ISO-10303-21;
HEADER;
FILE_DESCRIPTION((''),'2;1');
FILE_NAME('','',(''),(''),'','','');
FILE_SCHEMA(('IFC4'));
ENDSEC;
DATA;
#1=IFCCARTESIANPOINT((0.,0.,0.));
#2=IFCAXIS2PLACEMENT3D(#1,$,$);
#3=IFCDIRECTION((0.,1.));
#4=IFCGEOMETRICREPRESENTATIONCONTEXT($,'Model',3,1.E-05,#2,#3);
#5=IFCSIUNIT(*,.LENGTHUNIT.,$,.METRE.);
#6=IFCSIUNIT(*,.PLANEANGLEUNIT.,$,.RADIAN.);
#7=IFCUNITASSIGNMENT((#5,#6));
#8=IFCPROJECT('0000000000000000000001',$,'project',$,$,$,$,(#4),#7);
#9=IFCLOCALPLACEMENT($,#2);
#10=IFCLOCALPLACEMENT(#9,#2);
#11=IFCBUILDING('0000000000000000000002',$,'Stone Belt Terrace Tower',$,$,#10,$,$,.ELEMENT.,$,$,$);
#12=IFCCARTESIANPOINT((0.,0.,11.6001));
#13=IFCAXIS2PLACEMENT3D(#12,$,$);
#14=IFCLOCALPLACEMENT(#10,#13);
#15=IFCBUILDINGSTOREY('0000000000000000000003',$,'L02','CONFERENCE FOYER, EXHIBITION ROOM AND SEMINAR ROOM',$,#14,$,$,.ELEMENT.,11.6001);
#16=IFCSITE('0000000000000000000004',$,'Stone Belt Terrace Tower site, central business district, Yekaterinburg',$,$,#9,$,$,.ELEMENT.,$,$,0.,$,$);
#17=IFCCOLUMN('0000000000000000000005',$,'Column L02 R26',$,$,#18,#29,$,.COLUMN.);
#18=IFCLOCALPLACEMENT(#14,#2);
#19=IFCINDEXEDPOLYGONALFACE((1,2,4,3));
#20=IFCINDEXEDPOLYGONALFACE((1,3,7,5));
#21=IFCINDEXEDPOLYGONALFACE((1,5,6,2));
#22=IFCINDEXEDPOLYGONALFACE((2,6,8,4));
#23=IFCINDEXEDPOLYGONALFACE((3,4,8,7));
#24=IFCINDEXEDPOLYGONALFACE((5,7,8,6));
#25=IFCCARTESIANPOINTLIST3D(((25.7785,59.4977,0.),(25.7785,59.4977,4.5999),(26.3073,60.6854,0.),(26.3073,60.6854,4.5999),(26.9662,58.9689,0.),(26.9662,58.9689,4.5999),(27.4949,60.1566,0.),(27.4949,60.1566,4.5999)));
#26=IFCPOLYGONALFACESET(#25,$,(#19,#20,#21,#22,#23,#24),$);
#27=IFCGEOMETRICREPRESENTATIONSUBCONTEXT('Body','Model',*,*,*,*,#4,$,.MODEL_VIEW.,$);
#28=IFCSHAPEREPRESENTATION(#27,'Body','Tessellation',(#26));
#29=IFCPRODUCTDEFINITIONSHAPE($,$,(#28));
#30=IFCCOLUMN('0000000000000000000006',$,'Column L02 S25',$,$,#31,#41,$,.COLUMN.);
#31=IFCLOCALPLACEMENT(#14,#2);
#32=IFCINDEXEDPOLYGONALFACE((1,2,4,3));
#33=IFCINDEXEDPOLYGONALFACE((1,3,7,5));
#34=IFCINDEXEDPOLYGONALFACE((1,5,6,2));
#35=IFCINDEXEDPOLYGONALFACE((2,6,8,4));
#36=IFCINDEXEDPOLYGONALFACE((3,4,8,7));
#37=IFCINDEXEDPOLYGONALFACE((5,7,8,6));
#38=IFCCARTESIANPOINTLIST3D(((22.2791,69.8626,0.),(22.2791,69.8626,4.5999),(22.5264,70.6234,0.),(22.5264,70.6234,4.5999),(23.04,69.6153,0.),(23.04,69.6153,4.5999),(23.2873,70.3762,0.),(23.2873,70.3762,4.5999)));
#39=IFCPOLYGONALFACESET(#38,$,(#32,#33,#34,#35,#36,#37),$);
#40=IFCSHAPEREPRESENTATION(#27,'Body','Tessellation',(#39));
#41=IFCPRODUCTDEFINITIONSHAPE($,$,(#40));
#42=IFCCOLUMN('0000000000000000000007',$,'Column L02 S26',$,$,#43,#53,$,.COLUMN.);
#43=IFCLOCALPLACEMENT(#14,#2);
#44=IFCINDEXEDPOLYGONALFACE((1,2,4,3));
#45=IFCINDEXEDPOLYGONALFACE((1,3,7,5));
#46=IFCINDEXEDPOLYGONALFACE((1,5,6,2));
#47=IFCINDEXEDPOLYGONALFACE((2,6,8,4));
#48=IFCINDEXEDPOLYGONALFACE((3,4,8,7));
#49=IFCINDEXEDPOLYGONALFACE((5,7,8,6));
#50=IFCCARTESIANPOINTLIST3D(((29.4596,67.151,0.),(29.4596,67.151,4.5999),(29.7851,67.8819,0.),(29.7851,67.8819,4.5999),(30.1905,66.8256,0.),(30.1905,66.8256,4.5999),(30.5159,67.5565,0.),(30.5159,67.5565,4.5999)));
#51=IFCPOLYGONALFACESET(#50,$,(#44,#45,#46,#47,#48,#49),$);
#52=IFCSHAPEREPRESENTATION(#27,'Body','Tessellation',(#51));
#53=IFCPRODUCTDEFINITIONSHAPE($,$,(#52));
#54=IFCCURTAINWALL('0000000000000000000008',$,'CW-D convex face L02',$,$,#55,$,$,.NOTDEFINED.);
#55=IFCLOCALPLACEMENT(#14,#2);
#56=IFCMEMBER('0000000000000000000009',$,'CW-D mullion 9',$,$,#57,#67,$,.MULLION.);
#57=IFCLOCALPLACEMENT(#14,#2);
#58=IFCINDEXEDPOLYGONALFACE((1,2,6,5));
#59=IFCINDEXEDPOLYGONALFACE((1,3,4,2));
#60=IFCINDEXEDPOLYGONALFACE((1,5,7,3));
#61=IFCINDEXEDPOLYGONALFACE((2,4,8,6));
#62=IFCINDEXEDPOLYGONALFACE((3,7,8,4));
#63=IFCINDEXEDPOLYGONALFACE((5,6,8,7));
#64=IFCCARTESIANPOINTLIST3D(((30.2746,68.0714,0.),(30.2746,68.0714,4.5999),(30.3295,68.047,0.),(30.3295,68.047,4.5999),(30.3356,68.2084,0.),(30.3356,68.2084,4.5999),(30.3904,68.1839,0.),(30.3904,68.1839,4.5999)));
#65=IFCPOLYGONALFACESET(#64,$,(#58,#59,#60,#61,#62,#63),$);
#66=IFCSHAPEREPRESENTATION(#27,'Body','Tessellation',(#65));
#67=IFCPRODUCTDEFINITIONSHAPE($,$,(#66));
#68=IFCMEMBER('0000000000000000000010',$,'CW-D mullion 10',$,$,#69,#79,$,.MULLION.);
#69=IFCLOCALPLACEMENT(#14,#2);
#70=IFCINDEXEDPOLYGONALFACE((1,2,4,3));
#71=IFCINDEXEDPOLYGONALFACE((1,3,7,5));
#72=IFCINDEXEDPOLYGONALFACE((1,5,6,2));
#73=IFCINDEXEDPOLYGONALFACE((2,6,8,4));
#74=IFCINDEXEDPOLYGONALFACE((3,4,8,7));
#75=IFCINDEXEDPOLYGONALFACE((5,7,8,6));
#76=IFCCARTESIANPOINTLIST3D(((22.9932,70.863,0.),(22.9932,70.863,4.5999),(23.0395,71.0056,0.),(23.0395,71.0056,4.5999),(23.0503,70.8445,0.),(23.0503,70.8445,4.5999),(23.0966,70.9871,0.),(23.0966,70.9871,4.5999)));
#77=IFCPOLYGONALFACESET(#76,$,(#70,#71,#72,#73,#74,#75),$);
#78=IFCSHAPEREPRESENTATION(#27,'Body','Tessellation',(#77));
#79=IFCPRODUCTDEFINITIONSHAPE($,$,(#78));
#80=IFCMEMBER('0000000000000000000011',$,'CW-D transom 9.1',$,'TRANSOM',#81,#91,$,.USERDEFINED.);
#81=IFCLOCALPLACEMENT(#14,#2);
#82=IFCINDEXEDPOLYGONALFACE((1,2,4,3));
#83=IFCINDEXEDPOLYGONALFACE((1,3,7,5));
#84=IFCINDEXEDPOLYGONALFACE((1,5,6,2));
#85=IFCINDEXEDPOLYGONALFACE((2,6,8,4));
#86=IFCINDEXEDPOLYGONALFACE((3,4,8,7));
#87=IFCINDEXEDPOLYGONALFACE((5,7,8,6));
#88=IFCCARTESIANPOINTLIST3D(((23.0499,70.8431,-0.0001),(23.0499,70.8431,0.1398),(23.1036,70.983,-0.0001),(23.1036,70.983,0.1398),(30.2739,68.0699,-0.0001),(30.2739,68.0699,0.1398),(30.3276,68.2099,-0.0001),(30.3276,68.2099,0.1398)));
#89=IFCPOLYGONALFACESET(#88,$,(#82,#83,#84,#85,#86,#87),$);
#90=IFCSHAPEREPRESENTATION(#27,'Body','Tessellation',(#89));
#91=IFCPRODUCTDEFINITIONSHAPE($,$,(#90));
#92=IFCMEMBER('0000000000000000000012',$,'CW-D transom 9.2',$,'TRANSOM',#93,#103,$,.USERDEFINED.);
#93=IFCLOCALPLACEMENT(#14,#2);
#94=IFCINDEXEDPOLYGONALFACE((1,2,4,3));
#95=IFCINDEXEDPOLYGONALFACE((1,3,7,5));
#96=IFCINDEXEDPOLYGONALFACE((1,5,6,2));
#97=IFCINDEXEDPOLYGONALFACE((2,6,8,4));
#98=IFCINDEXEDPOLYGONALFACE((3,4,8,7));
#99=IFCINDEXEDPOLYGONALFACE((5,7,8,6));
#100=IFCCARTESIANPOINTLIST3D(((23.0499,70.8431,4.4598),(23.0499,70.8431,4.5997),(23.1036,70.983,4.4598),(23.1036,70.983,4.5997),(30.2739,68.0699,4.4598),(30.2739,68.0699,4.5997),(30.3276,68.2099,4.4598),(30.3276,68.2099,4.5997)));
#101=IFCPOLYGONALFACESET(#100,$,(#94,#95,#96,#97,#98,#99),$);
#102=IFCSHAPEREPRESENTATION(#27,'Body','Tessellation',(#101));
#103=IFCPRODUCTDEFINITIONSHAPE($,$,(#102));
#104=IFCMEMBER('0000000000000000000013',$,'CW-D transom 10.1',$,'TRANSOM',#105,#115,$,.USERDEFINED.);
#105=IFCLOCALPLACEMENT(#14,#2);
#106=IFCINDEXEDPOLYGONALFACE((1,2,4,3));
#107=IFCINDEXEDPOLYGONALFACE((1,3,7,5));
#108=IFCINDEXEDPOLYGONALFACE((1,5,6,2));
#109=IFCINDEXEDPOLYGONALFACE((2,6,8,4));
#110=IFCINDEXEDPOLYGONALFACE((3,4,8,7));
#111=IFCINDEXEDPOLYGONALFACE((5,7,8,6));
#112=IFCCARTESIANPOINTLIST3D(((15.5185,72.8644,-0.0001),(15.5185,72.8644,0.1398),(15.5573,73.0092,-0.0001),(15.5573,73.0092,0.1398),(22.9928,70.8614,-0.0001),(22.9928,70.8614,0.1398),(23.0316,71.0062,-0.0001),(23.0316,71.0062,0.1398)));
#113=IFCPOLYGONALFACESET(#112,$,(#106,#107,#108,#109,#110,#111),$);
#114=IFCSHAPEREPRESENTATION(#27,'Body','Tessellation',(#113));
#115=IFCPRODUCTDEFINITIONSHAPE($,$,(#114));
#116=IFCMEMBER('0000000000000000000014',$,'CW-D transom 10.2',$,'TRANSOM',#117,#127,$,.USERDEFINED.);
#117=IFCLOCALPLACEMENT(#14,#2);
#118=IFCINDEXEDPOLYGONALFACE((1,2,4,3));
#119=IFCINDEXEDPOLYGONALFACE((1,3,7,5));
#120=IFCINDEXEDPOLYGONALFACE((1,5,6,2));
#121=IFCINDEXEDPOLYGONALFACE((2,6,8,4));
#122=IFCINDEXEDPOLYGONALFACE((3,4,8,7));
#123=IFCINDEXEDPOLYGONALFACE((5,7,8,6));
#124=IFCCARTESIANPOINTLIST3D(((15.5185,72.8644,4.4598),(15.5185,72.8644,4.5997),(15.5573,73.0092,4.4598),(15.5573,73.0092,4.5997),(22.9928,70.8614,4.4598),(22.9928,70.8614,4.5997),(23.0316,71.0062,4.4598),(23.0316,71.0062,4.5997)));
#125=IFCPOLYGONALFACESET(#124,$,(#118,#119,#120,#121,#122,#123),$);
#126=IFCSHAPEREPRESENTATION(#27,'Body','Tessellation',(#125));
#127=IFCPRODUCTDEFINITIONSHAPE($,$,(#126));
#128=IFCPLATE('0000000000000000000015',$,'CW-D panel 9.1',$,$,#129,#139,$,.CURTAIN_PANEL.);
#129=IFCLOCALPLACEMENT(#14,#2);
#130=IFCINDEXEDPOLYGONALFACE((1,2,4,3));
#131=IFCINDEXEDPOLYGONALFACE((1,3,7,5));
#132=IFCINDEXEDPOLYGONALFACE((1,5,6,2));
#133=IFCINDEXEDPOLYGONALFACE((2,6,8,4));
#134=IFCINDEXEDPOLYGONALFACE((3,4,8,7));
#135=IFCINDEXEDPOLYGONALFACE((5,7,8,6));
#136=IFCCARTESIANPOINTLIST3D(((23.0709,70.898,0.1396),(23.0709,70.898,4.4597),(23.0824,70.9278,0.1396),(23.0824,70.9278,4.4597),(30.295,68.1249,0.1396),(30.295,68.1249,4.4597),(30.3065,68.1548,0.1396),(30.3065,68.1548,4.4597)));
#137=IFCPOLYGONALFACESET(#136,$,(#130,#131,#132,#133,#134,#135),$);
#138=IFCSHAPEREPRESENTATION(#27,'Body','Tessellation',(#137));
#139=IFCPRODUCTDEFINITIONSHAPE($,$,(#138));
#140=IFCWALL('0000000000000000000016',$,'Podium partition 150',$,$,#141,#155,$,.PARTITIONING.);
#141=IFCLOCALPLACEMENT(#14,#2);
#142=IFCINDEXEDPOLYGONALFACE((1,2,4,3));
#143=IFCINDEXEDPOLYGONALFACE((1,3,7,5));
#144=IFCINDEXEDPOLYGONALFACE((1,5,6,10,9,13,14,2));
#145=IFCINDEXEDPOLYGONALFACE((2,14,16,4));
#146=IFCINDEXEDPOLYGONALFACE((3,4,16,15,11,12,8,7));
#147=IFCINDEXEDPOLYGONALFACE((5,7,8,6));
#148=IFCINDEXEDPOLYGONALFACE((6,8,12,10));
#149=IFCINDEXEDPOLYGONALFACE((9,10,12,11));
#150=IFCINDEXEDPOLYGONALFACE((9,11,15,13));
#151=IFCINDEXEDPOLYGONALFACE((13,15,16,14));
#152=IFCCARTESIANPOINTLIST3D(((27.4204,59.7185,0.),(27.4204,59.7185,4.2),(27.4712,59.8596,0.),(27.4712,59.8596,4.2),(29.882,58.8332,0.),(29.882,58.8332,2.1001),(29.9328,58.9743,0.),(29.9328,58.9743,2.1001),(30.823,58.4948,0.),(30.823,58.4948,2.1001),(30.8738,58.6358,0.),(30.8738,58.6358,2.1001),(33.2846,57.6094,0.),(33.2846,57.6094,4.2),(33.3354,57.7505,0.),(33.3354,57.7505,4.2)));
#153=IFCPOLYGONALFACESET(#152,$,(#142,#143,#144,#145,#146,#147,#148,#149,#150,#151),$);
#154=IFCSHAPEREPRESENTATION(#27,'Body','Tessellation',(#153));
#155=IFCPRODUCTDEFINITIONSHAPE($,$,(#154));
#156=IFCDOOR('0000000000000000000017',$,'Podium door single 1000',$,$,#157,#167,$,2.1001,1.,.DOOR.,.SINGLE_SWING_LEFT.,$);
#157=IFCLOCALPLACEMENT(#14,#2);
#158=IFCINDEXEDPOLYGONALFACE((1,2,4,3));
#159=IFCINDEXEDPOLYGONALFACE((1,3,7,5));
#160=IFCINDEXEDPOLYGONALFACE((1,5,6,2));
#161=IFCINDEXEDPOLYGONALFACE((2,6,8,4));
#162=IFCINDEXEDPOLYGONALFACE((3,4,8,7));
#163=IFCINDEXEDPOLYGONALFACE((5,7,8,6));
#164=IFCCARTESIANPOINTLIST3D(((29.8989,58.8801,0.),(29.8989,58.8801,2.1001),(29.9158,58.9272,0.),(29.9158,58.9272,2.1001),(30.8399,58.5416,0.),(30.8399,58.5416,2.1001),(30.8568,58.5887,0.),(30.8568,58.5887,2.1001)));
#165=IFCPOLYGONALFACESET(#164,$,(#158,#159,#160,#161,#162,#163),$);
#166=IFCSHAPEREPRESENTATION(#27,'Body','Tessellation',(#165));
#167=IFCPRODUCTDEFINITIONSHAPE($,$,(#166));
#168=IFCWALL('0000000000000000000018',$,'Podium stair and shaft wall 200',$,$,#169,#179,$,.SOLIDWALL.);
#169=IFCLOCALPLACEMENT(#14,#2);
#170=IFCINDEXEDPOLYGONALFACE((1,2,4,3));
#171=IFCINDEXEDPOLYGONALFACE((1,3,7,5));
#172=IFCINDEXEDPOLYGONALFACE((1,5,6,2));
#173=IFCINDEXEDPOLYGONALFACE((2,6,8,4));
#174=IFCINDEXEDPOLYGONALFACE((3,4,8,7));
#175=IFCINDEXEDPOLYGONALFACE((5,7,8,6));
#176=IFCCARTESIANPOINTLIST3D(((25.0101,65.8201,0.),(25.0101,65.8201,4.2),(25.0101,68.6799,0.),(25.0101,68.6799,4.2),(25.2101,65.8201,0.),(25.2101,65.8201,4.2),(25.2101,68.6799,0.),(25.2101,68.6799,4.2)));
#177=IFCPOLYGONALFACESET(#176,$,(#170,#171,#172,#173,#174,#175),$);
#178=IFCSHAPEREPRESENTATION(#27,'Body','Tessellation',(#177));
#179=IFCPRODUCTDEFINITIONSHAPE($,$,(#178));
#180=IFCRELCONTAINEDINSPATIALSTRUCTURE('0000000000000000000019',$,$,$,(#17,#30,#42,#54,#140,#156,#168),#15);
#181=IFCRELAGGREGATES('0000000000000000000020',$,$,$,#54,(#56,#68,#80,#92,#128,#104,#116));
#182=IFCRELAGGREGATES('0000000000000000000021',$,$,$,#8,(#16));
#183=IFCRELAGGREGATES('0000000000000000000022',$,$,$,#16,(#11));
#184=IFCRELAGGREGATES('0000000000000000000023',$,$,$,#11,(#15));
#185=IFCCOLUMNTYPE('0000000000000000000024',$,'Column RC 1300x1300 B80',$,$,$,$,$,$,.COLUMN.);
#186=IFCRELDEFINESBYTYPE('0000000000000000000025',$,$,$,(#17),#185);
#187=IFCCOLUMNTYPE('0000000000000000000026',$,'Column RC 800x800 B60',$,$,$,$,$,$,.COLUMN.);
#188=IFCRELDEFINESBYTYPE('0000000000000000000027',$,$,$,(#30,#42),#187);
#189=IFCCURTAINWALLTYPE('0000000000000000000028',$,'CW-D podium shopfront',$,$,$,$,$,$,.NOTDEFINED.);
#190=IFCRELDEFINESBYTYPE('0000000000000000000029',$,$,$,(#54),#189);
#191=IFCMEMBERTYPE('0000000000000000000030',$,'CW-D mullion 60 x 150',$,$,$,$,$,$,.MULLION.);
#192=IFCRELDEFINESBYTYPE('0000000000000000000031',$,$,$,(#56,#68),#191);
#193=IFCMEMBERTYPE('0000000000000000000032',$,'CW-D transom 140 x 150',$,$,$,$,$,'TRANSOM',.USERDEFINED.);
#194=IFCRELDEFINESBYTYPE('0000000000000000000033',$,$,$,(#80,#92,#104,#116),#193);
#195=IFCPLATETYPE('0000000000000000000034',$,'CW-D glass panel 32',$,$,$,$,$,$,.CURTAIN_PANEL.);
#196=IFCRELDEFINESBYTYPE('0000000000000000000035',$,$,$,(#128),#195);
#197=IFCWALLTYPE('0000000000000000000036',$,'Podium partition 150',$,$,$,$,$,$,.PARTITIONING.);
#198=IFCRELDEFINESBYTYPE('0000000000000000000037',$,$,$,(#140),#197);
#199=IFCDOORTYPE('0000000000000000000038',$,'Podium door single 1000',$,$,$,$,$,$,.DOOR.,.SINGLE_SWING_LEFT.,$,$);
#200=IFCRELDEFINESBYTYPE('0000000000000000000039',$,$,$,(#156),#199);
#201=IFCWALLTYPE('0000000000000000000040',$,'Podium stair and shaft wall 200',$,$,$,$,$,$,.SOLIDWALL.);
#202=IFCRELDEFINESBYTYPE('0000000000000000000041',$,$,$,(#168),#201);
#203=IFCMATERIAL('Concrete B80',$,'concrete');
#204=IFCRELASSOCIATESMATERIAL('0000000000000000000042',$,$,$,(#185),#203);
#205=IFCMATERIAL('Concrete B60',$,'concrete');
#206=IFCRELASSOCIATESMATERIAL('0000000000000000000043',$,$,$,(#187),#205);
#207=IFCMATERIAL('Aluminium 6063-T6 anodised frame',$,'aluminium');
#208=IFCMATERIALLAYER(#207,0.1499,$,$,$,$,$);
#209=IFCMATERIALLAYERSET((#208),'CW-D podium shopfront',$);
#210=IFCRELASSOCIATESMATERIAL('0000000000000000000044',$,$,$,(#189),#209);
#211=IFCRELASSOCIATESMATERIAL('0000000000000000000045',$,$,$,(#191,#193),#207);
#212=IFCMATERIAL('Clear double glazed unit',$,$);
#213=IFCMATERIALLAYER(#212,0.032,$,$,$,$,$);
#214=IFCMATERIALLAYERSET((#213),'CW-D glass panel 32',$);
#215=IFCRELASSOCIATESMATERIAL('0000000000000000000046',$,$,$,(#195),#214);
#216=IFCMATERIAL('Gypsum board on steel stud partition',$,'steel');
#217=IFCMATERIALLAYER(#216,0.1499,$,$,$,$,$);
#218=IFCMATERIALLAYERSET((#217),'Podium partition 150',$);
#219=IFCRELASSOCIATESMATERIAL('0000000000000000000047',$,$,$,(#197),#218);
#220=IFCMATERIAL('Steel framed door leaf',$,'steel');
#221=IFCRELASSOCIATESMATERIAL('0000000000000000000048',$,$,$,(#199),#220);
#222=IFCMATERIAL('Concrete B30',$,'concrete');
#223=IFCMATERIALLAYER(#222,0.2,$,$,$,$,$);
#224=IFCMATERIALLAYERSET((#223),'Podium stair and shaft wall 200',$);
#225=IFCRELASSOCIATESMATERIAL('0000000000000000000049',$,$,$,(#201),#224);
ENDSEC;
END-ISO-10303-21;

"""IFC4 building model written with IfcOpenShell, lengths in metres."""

from ifc_helpers import new_model, si_unit, direction, frame, frame_2d, origin, origin_2d, place, context, subcontext, project, spatial, rectangle, extrude, material, layer, layer_set, material_profile, profile_set, type_object, element, fill, aggregate, save


model = new_model("IFC4")

# Units and contexts
model_context = context("Model", 3, precision=1e-05, world=origin(), true_north=direction((0.0, 1.0)))
body_context = subcontext(model_context, "Body", "Model", "MODEL_VIEW")
ifc_project = project(units=[si_unit("LENGTHUNIT", "METRE"), si_unit("PLANEANGLEUNIT", "RADIAN")], contexts=[model_context])

# Site, building, storey
site_placement = place(None, origin())
site = spatial("IfcSite", under=ifc_project, at=site_placement, Name="Stone Belt Terrace Tower site, central business district, Yekaterinburg", CompositionType="ELEMENT", RefElevation=0.0)
building_placement = place(site_placement, origin())
building = spatial("IfcBuilding", under=site, at=building_placement, Name="Stone Belt Terrace Tower", CompositionType="ELEMENT")
storey_placement = place(building_placement, frame((0.0, 0.0, 11.6001)))
storey = spatial("IfcBuildingStorey", under=building, at=storey_placement, Name="L02", Description="CONFERENCE FOYER, EXHIBITION ROOM AND SEMINAR ROOM", CompositionType="ELEMENT", Elevation=11.6001)

# Columns
ifc_material_1 = material(Name="Concrete B80", Category="concrete")
ifc_material_profile_1 = material_profile(ifc_material_1, rectangle(XDim=1.3, YDim=1.3, at=origin_2d()), Name="RC 1300x1300")
ifc_profile_set_1 = profile_set([ifc_material_profile_1], Name="Concrete B80")
column_type_1 = type_object("IfcColumnType", Name="Column RC 1300x1300 B80", PredefinedType="COLUMN", material=ifc_profile_set_1)
column_placement = place(storey_placement, frame((26.6367, 59.8271, 0.0), z_axis=(0.0, 0.0, 1.0), x_axis=(0.913545, -0.406737, 0.0)))
element("IfcColumn", 1, at=column_placement, inside=storey, type_object=column_type_1, Name="Column L02 R26", PredefinedType="COLUMN", context=body_context, shape_type="SweptSolid", body=[
    extrude(rectangle(XDim=1.3, YDim=1.3, at=origin_2d()), origin(), (0.0, 0.0, 1.0), 4.5999),
])
ifc_material_2 = material(Name="Concrete B60", Category="concrete")
ifc_material_profile_2 = material_profile(ifc_material_2, rectangle(XDim=0.8, YDim=0.8, at=origin_2d()), Name="RC 800x800")
ifc_profile_set_2 = profile_set([ifc_material_profile_2], Name="Concrete B60")
column_type_2 = type_object("IfcColumnType", Name="Column RC 800x800 B60", PredefinedType="COLUMN", material=ifc_profile_set_2)
for number, where, z_axis, x_axis, name in (
    (2, (22.7832, 70.1194, 0.0), (0.0, 0.0, 1.0), (0.951057, -0.309017, 0.0), "Column L02 S25"),
    (3, (29.9878, 67.3538, 0.0), (0.0, 0.0, 1.0), (0.913545, -0.406737, 0.0), "Column L02 S26"),
):
    element("IfcColumn", number, at=place(storey_placement, frame(where, z_axis=z_axis, x_axis=x_axis)), inside=storey, type_object=column_type_2, Name=name, PredefinedType="COLUMN", context=body_context, shape_type="SweptSolid", body=[
        extrude(rectangle(XDim=0.8, YDim=0.8, at=origin_2d()), origin(), (0.0, 0.0, 1.0), 4.5999),
    ])

# Curtain wall, members, plate
ifc_material_3 = material(Name="Aluminium 6063-T6 anodised frame", Category="aluminium")
ifc_layer_1 = layer(ifc_material_3, 0.1499)
ifc_layer_set_1 = layer_set([ifc_layer_1], Name="CW-D podium shopfront")
curtain_wall_type = type_object("IfcCurtainWallType", Name="CW-D podium shopfront", PredefinedType="NOTDEFINED", material=ifc_layer_set_1)
curtain_wall_placement = place(storey_placement, origin())
curtain_wall = element("IfcCurtainWall", 4, at=curtain_wall_placement, inside=storey, type_object=curtain_wall_type, Name="CW-D convex face L02", PredefinedType="NOTDEFINED")
ifc_material_profile_3 = material_profile(ifc_material_3, rectangle(XDim=0.1499, YDim=0.0601, at=origin_2d()), Name="Aluminium 6063-T6 60x150")
ifc_profile_set_3 = profile_set([ifc_material_profile_3], Name="Aluminium 6063-T6 anodised frame")
member_type_1 = type_object("IfcMemberType", Name="CW-D mullion 60 x 150", PredefinedType="MULLION", material=ifc_profile_set_3)
member_1_placement = place(storey_placement, frame((30.3325, 68.1277, 0.0), z_axis=(0.0, 0.0, 1.0), x_axis=(-0.406737, -0.913545, 0.0)))
member_1 = element("IfcMember", 5, at=member_1_placement, type_object=member_type_1, Name="CW-D mullion 9", PredefinedType="MULLION", context=body_context, shape_type="SweptSolid", body=[
    extrude(rectangle(XDim=0.1499, YDim=0.0601, at=origin_2d()), origin(), (0.0, 0.0, 1.0), 4.5999),
])
member_2_placement = place(storey_placement, frame((23.0449, 70.925, 0.0), z_axis=(0.0, 0.0, 1.0), x_axis=(-0.309017, -0.951057, 0.0)))
member_2 = element("IfcMember", 6, at=member_2_placement, type_object=member_type_1, Name="CW-D mullion 10", PredefinedType="MULLION", context=body_context, shape_type="SweptSolid", body=[
    extrude(rectangle(XDim=0.1499, YDim=0.0601, at=origin_2d()), origin(), (0.0, 0.0, 1.0), 4.5999),
])
ifc_material_profile_4 = material_profile(ifc_material_3, rectangle(XDim=0.1499, YDim=0.1399, at=origin_2d()), Name="Aluminium 6063-T6 150x140")
ifc_profile_set_4 = profile_set([ifc_material_profile_4], Name="Aluminium 6063-T6 anodised frame")
member_type_2 = type_object("IfcMemberType", Name="CW-D transom 140 x 150", ElementType="TRANSOM", PredefinedType="USERDEFINED", material=ifc_profile_set_4)
member_3_placement = place(storey_placement, frame((30.3008, 68.1399, 0.0698), z_axis=(-0.933576, 0.358381, 0.0), x_axis=(-0.358381, -0.933576, 0.0)))
member_3 = element("IfcMember", 7, at=member_3_placement, type_object=member_type_2, Name="CW-D transom 9.1", ObjectType="TRANSOM", PredefinedType="USERDEFINED", context=body_context, shape_type="SweptSolid", body=[
    extrude(rectangle(XDim=0.1499, YDim=0.1399, at=origin_2d()), origin(), (0.0, 0.0, 1.0), 7.738),
])
member_4_placement = place(storey_placement, frame((30.3008, 68.1399, 4.5298), z_axis=(-0.933576, 0.358381, 0.0), x_axis=(-0.358381, -0.933576, 0.0)))
member_4 = element("IfcMember", 8, at=member_4_placement, type_object=member_type_2, Name="CW-D transom 9.2", ObjectType="TRANSOM", PredefinedType="USERDEFINED", context=body_context, shape_type="SweptSolid", body=[
    extrude(rectangle(XDim=0.1499, YDim=0.1399, at=origin_2d()), origin(), (0.0, 0.0, 1.0), 7.738),
])
member_5_placement = place(storey_placement, frame((23.0122, 70.9338, 0.0698), z_axis=(-0.96592, 0.258841, 0.0), x_axis=(-0.258841, -0.96592, 0.0)))
member_5 = element("IfcMember", 9, at=member_5_placement, type_object=member_type_2, Name="CW-D transom 10.1", ObjectType="TRANSOM", PredefinedType="USERDEFINED", context=body_context, shape_type="SweptSolid", body=[
    extrude(rectangle(XDim=0.1499, YDim=0.1399, at=origin_2d()), origin(), (0.0, 0.0, 1.0), 7.738),
])
member_6_placement = place(storey_placement, frame((23.0122, 70.9338, 4.5298), z_axis=(-0.96592, 0.258841, 0.0), x_axis=(-0.258841, -0.96592, 0.0)))
member_6 = element("IfcMember", 10, at=member_6_placement, type_object=member_type_2, Name="CW-D transom 10.2", ObjectType="TRANSOM", PredefinedType="USERDEFINED", context=body_context, shape_type="SweptSolid", body=[
    extrude(rectangle(XDim=0.1499, YDim=0.1399, at=origin_2d()), origin(), (0.0, 0.0, 1.0), 7.738),
])
ifc_material_4 = material(Name="Clear double glazed unit")
ifc_layer_2 = layer(ifc_material_4, 0.032)
ifc_layer_set_2 = layer_set([ifc_layer_2], Name="CW-D glass panel 32")
plate_type = type_object("IfcPlateType", Name="CW-D glass panel 32", PredefinedType="CURTAIN_PANEL", material=ifc_layer_set_2)
plate_placement = place(storey_placement, frame((26.6887, 69.5264, 0.1396), z_axis=(0.0, 0.0, 1.0), x_axis=(-0.93358, 0.358368, 0.0)))
plate = element("IfcPlate", 11, at=plate_placement, type_object=plate_type, Name="CW-D panel 9.1", PredefinedType="CURTAIN_PANEL", context=body_context, shape_type="SweptSolid", body=[
    extrude(rectangle(XDim=7.738, YDim=0.032, at=origin_2d()), origin(), (0.0, 0.0, 1.0), 4.3201),
])
aggregate(curtain_wall, [member_1, member_2, member_3, member_4, plate, member_5, member_6])

# Wall, opening, door
ifc_material_5 = material(Name="Gypsum board on steel stud partition", Category="steel")
ifc_layer_3 = layer(ifc_material_5, 0.1499)
ifc_layer_set_3 = layer_set([ifc_layer_3], Name="Podium partition 150")
wall_type_1 = type_object("IfcWallType", Name="Podium partition 150", PredefinedType="PARTITIONING", material=ifc_layer_set_3)
wall_1_placement = place(storey_placement, frame((27.4458, 59.7891, 0.0), z_axis=(0.0, 0.0, 1.0), x_axis=(0.94099, -0.338435, 0.0)))
wall_1 = element("IfcWall", 12, at=wall_1_placement, inside=storey, type_object=wall_type_1, Name="Podium partition 150", PredefinedType="PARTITIONING", context=body_context, shape_type="SweptSolid", body=[
    extrude(rectangle(XDim=6.2319, YDim=0.1499, at=frame_2d((3.116, 0.0))), origin(), (0.0, 0.0, 1.0), 4.2),
])
opening_placement = place(wall_1_placement, frame((2.616, 0.0, 0.0)))
opening = element("IfcOpeningElement", 13, at=opening_placement, cuts=wall_1, PredefinedType="OPENING", context=body_context, shape_type="SweptSolid", body=[
    extrude(rectangle(XDim=1.0, YDim=2.1001, at=frame_2d((0.5, 1.05))), frame((0.0, 0.085, 0.0), z_axis=(0.0, -1.0, 0.0), x_axis=(1.0, 0.0, 0.0)), (0.0, 0.0, 1.0), 0.1699),
])
ifc_material_6 = material(Name="Steel framed door leaf", Category="steel")
door_type = type_object("IfcDoorType", Name="Podium door single 1000", OperationType="SINGLE_SWING_LEFT", PredefinedType="DOOR", material=ifc_material_6)
door_placement = place(opening_placement, origin())
door = element("IfcDoor", 14, at=door_placement, inside=storey, type_object=door_type, Name="Podium door single 1000", OperationType="SINGLE_SWING_LEFT", OverallHeight=2.1001, OverallWidth=1.0, PredefinedType="DOOR", context=body_context, shape_type="SweptSolid", body=[
    extrude(rectangle(XDim=1.0, YDim=2.1001, at=frame_2d((0.5, 1.05))), frame((0.0, 0.0249, 0.0), z_axis=(0.0, -1.0, 0.0), x_axis=(1.0, 0.0, 0.0)), (0.0, 0.0, 1.0), 0.05),
])
fill(opening, door)

# Wall
ifc_material_7 = material(Name="Concrete B30", Category="concrete")
ifc_layer_4 = layer(ifc_material_7, 0.2)
ifc_layer_set_4 = layer_set([ifc_layer_4], Name="Podium stair and shaft wall 200")
wall_type_2 = type_object("IfcWallType", Name="Podium stair and shaft wall 200", PredefinedType="SOLIDWALL", material=ifc_layer_set_4)
wall_2_placement = place(storey_placement, frame((25.1101, 65.8201, 0.0), z_axis=(0.0, 0.0, 1.0), x_axis=(0.0, 1.0, 0.0)))
element("IfcWall", 15, at=wall_2_placement, inside=storey, type_object=wall_type_2, Name="Podium stair and shaft wall 200", PredefinedType="SOLIDWALL", context=body_context, shape_type="SweptSolid", body=[
    extrude(rectangle(XDim=2.8599, YDim=0.2, at=frame_2d((1.4299, 0.0))), origin(), (0.0, 0.0, 1.0), 4.2),
])

save(model, "model.ifc")
